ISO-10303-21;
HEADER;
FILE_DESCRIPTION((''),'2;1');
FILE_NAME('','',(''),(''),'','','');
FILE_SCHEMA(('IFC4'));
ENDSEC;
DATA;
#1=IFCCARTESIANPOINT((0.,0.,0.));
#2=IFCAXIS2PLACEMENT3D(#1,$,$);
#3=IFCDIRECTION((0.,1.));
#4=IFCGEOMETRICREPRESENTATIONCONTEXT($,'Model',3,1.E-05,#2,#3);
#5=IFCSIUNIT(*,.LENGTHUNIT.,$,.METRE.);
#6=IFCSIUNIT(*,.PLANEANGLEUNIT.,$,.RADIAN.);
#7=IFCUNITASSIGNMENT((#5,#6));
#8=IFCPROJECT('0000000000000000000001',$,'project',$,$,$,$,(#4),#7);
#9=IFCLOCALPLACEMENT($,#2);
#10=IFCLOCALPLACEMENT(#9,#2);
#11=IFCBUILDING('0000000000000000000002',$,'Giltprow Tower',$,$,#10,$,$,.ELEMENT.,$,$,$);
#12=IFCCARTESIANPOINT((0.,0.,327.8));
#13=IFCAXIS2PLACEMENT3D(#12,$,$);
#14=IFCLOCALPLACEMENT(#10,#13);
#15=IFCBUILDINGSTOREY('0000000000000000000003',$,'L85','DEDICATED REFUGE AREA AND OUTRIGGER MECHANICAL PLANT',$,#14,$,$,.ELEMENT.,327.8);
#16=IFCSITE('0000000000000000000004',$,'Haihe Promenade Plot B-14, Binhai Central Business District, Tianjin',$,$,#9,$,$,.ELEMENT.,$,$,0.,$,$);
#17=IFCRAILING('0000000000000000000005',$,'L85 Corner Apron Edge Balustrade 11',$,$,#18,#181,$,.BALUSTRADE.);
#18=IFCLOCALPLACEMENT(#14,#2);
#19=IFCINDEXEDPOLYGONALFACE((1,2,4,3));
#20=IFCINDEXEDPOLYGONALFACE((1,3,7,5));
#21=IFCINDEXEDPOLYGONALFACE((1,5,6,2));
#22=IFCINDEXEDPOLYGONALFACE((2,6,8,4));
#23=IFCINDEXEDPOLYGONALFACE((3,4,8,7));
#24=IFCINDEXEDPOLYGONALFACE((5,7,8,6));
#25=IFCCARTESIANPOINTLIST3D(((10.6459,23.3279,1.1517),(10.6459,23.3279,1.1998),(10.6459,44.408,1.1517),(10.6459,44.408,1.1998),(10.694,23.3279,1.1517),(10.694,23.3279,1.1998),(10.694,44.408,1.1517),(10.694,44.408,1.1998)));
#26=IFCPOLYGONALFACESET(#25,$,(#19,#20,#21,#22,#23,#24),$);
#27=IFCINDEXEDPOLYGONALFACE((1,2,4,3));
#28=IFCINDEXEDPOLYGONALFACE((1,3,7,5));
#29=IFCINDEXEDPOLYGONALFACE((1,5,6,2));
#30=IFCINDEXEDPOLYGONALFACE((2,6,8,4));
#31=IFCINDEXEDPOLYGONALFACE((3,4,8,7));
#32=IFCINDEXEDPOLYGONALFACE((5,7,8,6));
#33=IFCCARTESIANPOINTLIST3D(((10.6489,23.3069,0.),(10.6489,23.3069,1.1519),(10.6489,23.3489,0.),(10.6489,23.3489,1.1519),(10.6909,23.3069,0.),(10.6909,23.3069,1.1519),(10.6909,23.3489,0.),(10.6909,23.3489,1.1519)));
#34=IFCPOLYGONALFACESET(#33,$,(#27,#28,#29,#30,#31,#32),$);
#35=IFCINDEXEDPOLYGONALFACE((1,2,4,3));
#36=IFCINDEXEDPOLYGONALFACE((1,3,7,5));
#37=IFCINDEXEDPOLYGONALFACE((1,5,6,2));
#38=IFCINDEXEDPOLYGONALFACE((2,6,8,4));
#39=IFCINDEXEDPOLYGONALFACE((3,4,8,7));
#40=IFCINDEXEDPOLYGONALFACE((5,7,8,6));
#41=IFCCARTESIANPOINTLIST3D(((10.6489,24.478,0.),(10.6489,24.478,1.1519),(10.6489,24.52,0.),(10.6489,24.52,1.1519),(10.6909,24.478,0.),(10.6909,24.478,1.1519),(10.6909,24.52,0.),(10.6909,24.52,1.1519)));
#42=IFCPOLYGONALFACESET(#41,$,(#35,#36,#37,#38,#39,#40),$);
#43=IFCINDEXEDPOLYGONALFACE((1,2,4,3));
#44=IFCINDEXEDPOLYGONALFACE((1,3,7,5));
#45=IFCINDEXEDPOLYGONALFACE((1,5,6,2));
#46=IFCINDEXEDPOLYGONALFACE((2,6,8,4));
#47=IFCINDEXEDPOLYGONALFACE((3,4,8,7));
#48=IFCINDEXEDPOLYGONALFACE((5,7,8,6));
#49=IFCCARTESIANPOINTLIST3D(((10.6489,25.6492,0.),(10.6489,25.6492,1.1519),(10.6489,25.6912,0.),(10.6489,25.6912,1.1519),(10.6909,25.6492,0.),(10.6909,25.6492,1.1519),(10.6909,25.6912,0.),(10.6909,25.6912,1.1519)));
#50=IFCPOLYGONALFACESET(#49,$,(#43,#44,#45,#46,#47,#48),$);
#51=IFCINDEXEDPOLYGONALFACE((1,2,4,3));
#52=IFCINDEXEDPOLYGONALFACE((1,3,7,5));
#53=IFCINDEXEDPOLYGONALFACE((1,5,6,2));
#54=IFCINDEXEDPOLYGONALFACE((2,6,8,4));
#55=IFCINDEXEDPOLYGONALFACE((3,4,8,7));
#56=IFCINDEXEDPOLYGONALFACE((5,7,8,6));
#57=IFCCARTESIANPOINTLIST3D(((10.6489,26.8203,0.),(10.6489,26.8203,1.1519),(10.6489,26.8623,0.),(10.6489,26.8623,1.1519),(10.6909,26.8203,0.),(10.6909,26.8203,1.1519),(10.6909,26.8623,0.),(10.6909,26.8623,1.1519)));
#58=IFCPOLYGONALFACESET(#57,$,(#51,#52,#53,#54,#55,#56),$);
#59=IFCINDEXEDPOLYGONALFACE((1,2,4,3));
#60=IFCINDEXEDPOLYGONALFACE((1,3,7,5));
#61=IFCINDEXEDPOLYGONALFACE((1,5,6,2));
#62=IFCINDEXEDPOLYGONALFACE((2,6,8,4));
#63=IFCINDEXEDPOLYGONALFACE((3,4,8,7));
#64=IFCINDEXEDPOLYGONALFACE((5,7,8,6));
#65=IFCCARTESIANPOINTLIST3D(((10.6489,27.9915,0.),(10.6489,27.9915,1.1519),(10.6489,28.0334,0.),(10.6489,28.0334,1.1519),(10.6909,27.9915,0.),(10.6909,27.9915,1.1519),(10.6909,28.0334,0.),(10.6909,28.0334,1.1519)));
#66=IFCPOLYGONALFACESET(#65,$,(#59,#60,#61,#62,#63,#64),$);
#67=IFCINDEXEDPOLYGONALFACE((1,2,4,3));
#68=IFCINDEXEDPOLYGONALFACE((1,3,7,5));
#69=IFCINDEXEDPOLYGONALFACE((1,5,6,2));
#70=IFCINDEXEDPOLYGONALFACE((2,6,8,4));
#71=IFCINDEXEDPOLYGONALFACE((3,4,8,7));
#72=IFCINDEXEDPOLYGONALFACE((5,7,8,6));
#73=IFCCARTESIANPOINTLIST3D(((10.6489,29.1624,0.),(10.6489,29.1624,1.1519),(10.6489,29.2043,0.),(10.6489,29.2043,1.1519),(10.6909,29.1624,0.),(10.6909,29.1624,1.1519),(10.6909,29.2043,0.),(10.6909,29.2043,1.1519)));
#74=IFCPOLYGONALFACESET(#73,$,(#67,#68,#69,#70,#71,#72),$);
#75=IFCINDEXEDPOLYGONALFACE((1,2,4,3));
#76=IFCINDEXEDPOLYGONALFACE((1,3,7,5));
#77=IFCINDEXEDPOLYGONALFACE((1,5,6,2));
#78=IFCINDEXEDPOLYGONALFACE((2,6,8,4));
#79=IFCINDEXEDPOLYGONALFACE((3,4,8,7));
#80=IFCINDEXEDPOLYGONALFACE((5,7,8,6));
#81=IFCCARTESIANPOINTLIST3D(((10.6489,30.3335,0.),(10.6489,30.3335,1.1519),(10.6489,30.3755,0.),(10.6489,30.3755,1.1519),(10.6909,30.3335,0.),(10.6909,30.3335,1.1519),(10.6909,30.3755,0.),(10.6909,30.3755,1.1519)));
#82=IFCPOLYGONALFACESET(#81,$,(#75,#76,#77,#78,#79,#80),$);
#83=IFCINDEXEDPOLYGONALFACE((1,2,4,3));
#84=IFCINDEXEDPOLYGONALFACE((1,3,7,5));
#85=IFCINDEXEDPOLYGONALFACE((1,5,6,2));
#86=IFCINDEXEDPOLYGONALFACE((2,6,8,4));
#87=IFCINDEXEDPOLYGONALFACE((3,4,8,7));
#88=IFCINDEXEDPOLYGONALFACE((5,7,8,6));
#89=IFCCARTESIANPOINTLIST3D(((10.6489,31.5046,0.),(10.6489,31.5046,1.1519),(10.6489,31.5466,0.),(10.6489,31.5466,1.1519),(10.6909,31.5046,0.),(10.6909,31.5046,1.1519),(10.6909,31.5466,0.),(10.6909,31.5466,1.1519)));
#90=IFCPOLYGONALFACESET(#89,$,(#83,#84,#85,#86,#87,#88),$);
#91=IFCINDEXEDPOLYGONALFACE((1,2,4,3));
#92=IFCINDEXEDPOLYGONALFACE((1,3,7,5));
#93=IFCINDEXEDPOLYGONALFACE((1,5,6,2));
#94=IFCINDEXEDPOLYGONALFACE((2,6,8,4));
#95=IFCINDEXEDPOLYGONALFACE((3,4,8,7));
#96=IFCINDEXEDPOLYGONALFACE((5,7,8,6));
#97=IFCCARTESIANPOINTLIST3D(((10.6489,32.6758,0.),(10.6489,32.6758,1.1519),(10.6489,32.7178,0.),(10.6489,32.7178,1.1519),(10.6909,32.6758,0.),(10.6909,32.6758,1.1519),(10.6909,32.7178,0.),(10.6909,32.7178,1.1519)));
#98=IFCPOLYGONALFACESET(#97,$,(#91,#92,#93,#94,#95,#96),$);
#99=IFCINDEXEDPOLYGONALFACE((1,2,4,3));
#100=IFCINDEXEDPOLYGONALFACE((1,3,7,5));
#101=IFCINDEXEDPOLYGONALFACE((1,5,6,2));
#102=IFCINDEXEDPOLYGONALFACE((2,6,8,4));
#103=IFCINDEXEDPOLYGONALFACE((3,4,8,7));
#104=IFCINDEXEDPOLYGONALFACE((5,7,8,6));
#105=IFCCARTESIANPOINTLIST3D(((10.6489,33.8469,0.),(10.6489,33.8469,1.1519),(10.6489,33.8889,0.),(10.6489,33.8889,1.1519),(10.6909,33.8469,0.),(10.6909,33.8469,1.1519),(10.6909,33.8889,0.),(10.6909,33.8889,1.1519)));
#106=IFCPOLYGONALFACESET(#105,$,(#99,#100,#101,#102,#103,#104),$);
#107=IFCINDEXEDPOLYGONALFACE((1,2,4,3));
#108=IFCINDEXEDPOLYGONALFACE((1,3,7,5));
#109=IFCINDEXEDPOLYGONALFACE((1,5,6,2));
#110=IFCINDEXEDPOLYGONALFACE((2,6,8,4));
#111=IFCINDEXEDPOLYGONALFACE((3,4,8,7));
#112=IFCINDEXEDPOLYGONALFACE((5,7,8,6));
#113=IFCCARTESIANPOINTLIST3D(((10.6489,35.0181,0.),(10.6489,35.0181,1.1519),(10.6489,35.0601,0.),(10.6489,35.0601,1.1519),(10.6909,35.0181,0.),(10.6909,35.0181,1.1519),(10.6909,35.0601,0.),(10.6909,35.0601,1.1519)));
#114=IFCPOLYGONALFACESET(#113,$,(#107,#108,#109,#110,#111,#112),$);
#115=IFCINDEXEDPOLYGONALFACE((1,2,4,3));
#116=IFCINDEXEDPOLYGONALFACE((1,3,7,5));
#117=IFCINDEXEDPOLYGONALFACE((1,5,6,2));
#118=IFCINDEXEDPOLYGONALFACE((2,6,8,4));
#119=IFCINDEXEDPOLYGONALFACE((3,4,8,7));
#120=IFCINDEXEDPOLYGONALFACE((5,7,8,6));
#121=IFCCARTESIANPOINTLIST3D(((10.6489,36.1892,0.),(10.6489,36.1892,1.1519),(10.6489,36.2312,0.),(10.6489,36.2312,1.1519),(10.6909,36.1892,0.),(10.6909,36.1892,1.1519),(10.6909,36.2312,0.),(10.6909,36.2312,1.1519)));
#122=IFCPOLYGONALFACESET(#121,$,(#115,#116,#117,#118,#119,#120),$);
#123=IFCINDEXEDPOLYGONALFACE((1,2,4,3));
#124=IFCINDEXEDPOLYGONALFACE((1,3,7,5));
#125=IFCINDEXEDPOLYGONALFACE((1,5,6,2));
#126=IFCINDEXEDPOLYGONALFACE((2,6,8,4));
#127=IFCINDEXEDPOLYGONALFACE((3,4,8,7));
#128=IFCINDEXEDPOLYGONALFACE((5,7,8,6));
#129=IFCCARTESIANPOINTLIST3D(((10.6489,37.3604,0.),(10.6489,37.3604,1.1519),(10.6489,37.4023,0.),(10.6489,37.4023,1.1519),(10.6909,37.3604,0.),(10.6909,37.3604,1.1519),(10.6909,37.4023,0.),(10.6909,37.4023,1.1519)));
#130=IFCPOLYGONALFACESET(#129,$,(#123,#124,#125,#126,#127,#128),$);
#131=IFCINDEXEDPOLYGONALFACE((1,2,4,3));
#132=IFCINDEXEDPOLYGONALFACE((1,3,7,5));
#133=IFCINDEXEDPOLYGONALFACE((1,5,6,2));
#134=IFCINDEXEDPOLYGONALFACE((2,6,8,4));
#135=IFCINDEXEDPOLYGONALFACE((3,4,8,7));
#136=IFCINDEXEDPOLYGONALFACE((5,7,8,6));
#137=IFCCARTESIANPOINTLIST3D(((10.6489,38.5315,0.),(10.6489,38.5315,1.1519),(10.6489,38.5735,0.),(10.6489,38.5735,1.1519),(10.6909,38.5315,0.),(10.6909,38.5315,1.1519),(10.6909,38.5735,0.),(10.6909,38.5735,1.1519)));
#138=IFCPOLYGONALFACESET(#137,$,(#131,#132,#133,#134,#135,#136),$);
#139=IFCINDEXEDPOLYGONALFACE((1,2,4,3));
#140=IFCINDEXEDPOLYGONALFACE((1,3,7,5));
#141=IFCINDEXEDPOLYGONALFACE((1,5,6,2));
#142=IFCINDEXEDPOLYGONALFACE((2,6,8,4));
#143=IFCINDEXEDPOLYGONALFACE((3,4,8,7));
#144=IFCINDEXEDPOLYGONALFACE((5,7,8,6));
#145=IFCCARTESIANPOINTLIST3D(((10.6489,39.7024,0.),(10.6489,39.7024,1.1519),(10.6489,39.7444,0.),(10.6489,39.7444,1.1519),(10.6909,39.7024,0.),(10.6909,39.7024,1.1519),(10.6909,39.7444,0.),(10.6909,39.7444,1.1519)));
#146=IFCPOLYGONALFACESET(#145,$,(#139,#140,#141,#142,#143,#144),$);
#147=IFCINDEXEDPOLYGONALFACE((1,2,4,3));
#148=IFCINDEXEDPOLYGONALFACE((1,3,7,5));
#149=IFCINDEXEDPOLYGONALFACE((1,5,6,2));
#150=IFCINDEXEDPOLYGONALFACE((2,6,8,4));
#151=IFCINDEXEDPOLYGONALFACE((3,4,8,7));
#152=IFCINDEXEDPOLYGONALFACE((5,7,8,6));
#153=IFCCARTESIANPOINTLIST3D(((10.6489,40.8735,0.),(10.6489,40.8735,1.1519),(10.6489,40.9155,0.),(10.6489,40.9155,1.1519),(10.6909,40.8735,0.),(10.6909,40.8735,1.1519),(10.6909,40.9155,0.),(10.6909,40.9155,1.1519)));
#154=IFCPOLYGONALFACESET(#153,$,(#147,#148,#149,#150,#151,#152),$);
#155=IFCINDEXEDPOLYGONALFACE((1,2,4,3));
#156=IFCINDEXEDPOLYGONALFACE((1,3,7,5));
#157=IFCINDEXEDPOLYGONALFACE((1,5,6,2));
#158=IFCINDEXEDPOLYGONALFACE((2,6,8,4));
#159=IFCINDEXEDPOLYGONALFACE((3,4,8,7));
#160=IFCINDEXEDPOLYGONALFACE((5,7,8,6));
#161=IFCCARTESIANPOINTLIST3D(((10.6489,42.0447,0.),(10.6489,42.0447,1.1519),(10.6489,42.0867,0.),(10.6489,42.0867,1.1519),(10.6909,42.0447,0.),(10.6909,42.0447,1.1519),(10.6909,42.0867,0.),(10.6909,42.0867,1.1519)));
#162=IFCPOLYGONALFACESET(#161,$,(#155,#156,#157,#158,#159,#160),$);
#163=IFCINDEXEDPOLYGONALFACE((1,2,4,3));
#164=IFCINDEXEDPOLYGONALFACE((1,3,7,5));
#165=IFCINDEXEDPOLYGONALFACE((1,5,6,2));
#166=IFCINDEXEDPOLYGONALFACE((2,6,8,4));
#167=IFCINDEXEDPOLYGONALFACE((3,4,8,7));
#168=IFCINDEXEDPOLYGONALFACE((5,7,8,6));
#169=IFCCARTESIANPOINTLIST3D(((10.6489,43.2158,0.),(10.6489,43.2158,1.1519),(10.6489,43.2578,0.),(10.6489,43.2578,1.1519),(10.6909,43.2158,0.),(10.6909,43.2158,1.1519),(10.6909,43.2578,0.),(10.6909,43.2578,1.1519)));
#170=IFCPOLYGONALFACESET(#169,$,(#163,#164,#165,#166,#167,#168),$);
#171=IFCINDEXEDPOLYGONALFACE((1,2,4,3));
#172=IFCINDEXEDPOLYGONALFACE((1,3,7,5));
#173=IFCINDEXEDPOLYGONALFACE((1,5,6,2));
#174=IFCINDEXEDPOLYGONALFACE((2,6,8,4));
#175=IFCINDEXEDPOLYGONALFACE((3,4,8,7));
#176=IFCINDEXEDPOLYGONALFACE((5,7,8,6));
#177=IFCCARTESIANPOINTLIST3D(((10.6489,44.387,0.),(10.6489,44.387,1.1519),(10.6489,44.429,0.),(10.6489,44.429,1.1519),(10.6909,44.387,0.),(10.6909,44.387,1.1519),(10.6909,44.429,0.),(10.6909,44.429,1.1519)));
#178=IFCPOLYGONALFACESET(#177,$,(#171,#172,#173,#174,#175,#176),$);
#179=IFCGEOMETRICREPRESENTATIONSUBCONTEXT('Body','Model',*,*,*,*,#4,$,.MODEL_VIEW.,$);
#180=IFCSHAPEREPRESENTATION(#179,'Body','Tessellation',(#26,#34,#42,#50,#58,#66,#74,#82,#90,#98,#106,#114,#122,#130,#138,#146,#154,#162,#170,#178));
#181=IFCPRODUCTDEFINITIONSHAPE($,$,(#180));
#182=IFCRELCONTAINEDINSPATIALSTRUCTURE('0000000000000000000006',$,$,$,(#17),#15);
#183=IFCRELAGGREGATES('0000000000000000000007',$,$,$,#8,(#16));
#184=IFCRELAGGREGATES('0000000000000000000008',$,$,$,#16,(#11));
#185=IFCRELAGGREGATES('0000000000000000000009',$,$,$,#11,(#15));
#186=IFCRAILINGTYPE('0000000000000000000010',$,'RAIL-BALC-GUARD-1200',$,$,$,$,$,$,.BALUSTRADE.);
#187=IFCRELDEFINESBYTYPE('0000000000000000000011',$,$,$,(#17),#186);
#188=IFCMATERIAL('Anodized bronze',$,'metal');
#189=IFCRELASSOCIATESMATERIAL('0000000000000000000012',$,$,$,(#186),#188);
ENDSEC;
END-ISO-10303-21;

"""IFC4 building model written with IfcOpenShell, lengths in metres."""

from ifc_helpers import new_model, si_unit, direction, frame, origin, origin_2d, place, context, subcontext, project, spatial, rectangle, extrude, material, type_object, element, save


model = new_model("IFC4")

# Units and contexts
model_context = context("Model", 3, precision=1e-05, world=origin(), true_north=direction((0.0, 1.0)))
body_context = subcontext(model_context, "Body", "Model", "MODEL_VIEW")
ifc_project = project(units=[si_unit("LENGTHUNIT", "METRE"), si_unit("PLANEANGLEUNIT", "RADIAN")], contexts=[model_context])

# Site, building, storey
site_placement = place(None, origin())
site = spatial("IfcSite", under=ifc_project, at=site_placement, Name="Haihe Promenade Plot B-14, Binhai Central Business District, Tianjin", CompositionType="ELEMENT", RefElevation=0.0)
building_placement = place(site_placement, origin())
building = spatial("IfcBuilding", under=site, at=building_placement, Name="Giltprow Tower", CompositionType="ELEMENT")
storey_placement = place(building_placement, frame((0.0, 0.0, 327.8)))
storey = spatial("IfcBuildingStorey", under=building, at=storey_placement, Name="L85", Description="DEDICATED REFUGE AREA AND OUTRIGGER MECHANICAL PLANT", CompositionType="ELEMENT", Elevation=327.8)

# Railing
ifc_material_1 = material(Name="Anodized bronze", Category="metal")
railing_type = type_object("IfcRailingType", Name="RAIL-BALC-GUARD-1200", PredefinedType="BALUSTRADE", material=ifc_material_1)
railing_1_placement = place(storey_placement, frame((10.6699, 23.3279, 0.0)))
element("IfcRailing", 1, at=railing_1_placement, inside=storey, type_object=railing_type, Name="L85 Corner Apron Edge Balustrade 11", PredefinedType="BALUSTRADE", context=body_context, shape_type="SweptSolid", body=[
    extrude(rectangle(XDim=0.0481, YDim=0.0481, at=origin_2d()), frame((0.0, 0.0, 1.1758), z_axis=(0.0, 1.0, 0.0), x_axis=(-1.0, 0.0, 0.0)), (0.0, 0.0, 1.0), 21.0801),
    extrude(rectangle(XDim=0.042, YDim=0.042, at=origin_2d()), origin(), (0.0, 0.0, 1.0), 1.1519),
    extrude(rectangle(XDim=0.042, YDim=0.042, at=origin_2d()), frame((0.0, 1.1711, 0.0)), (0.0, 0.0, 1.0), 1.1519),
    extrude(rectangle(XDim=0.042, YDim=0.042, at=origin_2d()), frame((0.0, 2.3423, 0.0)), (0.0, 0.0, 1.0), 1.1519),
    extrude(rectangle(XDim=0.042, YDim=0.042, at=origin_2d()), frame((0.0, 3.5134, 0.0)), (0.0, 0.0, 1.0), 1.1519),
    extrude(rectangle(XDim=0.042, YDim=0.042, at=origin_2d()), frame((0.0, 4.6846, 0.0)), (0.0, 0.0, 1.0), 1.1519),
    extrude(rectangle(XDim=0.042, YDim=0.042, at=origin_2d()), frame((0.0, 5.8555, 0.0)), (0.0, 0.0, 1.0), 1.1519),
    extrude(rectangle(XDim=0.042, YDim=0.042, at=origin_2d()), frame((0.0, 7.0266, 0.0)), (0.0, 0.0, 1.0), 1.1519),
    extrude(rectangle(XDim=0.042, YDim=0.042, at=origin_2d()), frame((0.0, 8.1978, 0.0)), (0.0, 0.0, 1.0), 1.1519),
    extrude(rectangle(XDim=0.042, YDim=0.042, at=origin_2d()), frame((0.0, 9.3689, 0.0)), (0.0, 0.0, 1.0), 1.1519),
    extrude(rectangle(XDim=0.042, YDim=0.042, at=origin_2d()), frame((0.0, 10.54, 0.0)), (0.0, 0.0, 1.0), 1.1519),
    extrude(rectangle(XDim=0.042, YDim=0.042, at=origin_2d()), frame((0.0, 11.7112, 0.0)), (0.0, 0.0, 1.0), 1.1519),
    extrude(rectangle(XDim=0.042, YDim=0.042, at=origin_2d()), frame((0.0, 12.8823, 0.0)), (0.0, 0.0, 1.0), 1.1519),
    extrude(rectangle(XDim=0.042, YDim=0.042, at=origin_2d()), frame((0.0, 14.0535, 0.0)), (0.0, 0.0, 1.0), 1.1519),
    extrude(rectangle(XDim=0.042, YDim=0.042, at=origin_2d()), frame((0.0, 15.2246, 0.0)), (0.0, 0.0, 1.0), 1.1519),
    extrude(rectangle(XDim=0.042, YDim=0.042, at=origin_2d()), frame((0.0, 16.3955, 0.0)), (0.0, 0.0, 1.0), 1.1519),
    extrude(rectangle(XDim=0.042, YDim=0.042, at=origin_2d()), frame((0.0, 17.5667, 0.0)), (0.0, 0.0, 1.0), 1.1519),
    extrude(rectangle(XDim=0.042, YDim=0.042, at=origin_2d()), frame((0.0, 18.7378, 0.0)), (0.0, 0.0, 1.0), 1.1519),
    extrude(rectangle(XDim=0.042, YDim=0.042, at=origin_2d()), frame((0.0, 19.9089, 0.0)), (0.0, 0.0, 1.0), 1.1519),
    extrude(rectangle(XDim=0.042, YDim=0.042, at=origin_2d()), frame((0.0, 21.0801, 0.0)), (0.0, 0.0, 1.0), 1.1519),
])

save(model, "model.ifc")
